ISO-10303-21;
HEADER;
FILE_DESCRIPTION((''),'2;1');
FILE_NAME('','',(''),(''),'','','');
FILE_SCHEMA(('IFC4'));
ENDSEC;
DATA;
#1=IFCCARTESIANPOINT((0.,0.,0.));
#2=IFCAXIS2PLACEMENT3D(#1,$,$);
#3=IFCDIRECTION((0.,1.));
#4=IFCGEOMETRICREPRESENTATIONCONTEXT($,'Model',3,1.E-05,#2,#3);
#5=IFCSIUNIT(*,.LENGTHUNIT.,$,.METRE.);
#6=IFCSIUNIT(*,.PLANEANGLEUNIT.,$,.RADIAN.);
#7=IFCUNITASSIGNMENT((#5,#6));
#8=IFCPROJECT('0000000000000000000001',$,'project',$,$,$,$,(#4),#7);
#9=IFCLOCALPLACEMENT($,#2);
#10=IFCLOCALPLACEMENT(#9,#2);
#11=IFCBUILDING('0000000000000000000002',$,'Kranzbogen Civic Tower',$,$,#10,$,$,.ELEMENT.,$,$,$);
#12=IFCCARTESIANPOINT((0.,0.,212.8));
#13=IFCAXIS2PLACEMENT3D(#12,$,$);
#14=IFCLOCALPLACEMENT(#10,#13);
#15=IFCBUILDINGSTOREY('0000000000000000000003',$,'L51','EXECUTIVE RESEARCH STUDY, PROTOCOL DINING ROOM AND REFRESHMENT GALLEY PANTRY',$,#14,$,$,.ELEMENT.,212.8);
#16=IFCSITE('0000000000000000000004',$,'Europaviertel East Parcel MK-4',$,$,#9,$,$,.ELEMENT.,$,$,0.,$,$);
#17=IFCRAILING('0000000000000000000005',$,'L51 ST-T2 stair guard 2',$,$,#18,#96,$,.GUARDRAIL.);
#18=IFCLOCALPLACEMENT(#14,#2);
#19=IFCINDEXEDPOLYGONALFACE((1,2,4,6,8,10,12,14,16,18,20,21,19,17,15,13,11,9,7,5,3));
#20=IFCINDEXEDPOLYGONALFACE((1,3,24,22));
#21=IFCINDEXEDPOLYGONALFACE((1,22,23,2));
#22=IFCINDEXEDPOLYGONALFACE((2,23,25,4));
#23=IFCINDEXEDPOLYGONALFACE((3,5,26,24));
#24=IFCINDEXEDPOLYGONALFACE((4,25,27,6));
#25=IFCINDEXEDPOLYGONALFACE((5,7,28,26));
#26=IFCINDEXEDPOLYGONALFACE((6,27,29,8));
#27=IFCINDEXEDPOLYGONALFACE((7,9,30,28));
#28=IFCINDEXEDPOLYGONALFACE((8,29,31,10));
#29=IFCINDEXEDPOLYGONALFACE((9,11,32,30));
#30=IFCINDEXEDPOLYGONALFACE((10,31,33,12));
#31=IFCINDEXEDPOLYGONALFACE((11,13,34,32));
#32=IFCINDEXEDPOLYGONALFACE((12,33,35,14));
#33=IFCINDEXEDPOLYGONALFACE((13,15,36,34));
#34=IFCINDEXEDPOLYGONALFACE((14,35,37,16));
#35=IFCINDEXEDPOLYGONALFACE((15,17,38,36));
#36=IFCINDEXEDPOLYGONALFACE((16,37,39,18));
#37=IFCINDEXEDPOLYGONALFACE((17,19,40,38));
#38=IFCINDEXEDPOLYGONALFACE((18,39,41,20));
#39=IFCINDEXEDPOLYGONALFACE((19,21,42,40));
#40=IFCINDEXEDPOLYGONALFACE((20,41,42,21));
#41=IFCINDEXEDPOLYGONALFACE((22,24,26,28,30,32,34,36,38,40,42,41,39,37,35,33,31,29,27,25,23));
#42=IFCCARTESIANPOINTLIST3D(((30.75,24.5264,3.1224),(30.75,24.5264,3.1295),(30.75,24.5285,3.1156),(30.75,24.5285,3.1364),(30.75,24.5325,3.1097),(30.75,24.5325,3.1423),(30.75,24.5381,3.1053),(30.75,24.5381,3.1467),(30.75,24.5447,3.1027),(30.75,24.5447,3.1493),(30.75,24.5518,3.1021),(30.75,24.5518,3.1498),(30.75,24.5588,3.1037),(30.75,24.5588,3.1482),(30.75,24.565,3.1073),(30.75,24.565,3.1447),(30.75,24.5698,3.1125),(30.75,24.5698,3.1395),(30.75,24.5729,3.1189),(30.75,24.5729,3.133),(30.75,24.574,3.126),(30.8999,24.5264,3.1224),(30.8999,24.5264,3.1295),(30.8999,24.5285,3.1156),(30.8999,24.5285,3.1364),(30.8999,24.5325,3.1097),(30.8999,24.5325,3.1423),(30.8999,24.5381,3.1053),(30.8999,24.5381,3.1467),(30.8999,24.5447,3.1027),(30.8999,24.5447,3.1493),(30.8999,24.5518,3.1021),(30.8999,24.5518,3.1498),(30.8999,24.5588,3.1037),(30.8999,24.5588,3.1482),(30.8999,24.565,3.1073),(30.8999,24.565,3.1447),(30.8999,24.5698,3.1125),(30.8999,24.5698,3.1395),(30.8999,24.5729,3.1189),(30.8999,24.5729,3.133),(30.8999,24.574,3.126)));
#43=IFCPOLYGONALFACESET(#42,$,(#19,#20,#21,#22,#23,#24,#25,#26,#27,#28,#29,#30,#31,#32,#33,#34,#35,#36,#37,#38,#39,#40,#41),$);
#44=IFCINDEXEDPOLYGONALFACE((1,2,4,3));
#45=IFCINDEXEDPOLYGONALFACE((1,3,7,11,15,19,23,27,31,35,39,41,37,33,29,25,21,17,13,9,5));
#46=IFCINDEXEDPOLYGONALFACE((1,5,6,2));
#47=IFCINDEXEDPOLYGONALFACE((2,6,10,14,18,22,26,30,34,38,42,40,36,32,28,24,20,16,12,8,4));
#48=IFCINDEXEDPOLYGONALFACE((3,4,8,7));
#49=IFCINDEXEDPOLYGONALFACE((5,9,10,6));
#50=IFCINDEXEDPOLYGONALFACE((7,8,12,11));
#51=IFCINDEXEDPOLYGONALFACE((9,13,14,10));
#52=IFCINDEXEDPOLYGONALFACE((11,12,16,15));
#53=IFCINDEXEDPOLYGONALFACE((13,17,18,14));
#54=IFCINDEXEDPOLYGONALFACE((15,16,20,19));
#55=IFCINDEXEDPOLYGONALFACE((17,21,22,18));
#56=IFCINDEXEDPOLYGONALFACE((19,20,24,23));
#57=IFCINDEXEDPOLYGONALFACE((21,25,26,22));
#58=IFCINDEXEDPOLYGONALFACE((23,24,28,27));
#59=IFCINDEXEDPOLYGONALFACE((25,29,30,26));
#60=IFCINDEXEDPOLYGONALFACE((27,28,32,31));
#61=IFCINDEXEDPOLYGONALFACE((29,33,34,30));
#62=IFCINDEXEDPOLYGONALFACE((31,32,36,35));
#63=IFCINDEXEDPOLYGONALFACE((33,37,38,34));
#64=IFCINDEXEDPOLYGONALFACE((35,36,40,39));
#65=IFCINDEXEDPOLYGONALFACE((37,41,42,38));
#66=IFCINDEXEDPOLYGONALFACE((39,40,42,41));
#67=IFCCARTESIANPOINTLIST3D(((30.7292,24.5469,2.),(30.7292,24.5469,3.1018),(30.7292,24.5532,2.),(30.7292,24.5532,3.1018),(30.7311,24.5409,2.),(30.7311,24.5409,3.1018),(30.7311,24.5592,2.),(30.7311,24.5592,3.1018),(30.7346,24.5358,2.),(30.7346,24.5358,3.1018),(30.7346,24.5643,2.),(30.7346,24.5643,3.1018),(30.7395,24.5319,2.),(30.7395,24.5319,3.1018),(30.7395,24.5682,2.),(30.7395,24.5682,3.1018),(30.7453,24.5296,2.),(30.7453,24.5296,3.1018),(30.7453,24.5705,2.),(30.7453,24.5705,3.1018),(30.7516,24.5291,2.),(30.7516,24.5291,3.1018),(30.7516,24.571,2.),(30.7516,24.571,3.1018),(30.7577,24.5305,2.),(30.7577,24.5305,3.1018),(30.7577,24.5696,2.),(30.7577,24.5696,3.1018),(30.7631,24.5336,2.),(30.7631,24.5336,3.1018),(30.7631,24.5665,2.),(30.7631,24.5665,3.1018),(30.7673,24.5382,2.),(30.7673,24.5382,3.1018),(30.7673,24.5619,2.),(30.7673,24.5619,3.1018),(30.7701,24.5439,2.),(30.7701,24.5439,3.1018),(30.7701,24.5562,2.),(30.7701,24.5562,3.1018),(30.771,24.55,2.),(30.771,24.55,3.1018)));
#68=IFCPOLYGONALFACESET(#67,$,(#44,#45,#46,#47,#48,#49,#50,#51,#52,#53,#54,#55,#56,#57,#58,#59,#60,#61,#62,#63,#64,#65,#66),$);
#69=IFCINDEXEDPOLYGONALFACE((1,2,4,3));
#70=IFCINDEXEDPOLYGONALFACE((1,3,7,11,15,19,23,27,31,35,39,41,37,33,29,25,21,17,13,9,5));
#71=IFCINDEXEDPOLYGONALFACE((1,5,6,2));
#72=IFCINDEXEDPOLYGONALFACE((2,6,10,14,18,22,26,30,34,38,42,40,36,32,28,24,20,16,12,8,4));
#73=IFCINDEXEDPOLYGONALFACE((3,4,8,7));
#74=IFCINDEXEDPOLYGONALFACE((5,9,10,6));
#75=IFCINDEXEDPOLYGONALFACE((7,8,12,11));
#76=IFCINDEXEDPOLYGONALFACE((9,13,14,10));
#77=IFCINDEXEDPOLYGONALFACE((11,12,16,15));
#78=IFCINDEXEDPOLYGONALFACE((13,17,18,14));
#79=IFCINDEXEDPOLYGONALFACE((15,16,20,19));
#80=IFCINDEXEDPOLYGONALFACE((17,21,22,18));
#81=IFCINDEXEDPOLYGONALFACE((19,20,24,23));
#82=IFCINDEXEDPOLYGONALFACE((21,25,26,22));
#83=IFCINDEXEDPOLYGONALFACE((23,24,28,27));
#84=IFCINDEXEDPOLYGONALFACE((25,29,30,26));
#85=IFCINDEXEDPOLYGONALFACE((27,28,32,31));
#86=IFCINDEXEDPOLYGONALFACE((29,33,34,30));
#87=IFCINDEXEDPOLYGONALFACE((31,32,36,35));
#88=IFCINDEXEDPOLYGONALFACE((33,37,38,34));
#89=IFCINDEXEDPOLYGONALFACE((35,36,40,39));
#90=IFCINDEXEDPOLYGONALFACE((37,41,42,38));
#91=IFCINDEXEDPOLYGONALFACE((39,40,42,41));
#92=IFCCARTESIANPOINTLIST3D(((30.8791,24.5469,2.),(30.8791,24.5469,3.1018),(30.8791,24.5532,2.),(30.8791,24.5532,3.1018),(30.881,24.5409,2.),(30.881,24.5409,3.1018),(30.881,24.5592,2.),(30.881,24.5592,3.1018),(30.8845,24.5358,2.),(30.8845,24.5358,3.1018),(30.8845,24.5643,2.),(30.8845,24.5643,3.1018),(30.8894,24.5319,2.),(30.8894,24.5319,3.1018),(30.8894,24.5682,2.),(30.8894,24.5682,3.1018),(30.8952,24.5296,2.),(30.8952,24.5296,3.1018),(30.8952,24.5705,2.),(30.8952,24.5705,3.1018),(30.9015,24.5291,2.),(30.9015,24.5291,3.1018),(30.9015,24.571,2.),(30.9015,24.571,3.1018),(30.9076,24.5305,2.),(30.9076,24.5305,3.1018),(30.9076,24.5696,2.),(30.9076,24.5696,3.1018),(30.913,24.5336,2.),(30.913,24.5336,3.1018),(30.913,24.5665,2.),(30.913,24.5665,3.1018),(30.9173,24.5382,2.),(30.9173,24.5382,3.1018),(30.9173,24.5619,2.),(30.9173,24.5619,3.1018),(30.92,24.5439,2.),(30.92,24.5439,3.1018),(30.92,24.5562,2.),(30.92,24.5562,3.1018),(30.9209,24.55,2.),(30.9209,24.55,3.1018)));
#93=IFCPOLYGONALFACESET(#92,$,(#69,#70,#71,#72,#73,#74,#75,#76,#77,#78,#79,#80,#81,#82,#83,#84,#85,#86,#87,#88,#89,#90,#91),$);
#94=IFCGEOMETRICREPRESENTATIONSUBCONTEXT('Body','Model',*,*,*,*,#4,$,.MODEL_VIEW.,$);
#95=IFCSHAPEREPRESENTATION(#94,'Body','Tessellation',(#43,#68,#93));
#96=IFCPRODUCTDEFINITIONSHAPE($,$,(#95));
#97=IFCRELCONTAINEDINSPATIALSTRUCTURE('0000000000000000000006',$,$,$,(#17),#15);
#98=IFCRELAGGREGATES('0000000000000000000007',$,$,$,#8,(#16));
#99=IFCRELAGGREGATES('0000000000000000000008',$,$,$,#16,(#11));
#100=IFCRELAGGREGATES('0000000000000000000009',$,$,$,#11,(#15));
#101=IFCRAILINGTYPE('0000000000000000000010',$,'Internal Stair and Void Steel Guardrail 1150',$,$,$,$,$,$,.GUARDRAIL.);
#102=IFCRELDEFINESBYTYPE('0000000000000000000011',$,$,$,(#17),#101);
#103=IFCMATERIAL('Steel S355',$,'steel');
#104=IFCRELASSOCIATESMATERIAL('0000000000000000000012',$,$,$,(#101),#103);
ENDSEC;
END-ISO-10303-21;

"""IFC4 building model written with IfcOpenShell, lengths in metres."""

from ifc_helpers import new_model, si_unit, direction, frame, origin, origin_2d, place, context, subcontext, project, spatial, circle, extrude, material, type_object, element, save


model = new_model("IFC4")

# Units and contexts
model_context = context("Model", 3, precision=1e-05, world=origin(), true_north=direction((0.0, 1.0)))
body_context = subcontext(model_context, "Body", "Model", "MODEL_VIEW")
ifc_project = project(units=[si_unit("LENGTHUNIT", "METRE"), si_unit("PLANEANGLEUNIT", "RADIAN")], contexts=[model_context])

# Site, building, storey
site_placement = place(None, origin())
site = spatial("IfcSite", under=ifc_project, at=site_placement, Name="Europaviertel East Parcel MK-4", CompositionType="ELEMENT", RefElevation=0.0)
building_placement = place(site_placement, origin())
building = spatial("IfcBuilding", under=site, at=building_placement, Name="Kranzbogen Civic Tower", CompositionType="ELEMENT")
storey_placement = place(building_placement, frame((0.0, 0.0, 212.8)))
storey = spatial("IfcBuildingStorey", under=building, at=storey_placement, Name="L51", Description="EXECUTIVE RESEARCH STUDY, PROTOCOL DINING ROOM AND REFRESHMENT GALLEY PANTRY", CompositionType="ELEMENT", Elevation=212.8)

# Shared definitions
ifc_material_1 = material(Name="Steel S355", Category="steel")

# Railing
railing_type = type_object("IfcRailingType", Name="Internal Stair and Void Steel Guardrail 1150", PredefinedType="GUARDRAIL", material=ifc_material_1)
railing_1_placement = place(storey_placement, frame((30.75, 24.55, 2.0)))
element("IfcRailing", 1, at=railing_1_placement, inside=storey, type_object=railing_type, Name="L51 ST-T2 stair guard 2", PredefinedType="GUARDRAIL", context=body_context, shape_type="SweptSolid", body=[
    extrude(circle(Radius=0.0239, at=origin_2d()), frame((0.0, 0.0, 1.126), z_axis=(1.0, 0.0, 0.0), x_axis=(0.0, 1.0, 0.0)), (0.0, 0.0, 1.0), 0.1499),
    extrude(circle(Radius=0.021, at=origin_2d()), origin(), (0.0, 0.0, 1.0), 1.1018),
    extrude(circle(Radius=0.021, at=origin_2d()), frame((0.1499, 0.0, 0.0)), (0.0, 0.0, 1.0), 1.1018),
])

save(model, "model.ifc")
